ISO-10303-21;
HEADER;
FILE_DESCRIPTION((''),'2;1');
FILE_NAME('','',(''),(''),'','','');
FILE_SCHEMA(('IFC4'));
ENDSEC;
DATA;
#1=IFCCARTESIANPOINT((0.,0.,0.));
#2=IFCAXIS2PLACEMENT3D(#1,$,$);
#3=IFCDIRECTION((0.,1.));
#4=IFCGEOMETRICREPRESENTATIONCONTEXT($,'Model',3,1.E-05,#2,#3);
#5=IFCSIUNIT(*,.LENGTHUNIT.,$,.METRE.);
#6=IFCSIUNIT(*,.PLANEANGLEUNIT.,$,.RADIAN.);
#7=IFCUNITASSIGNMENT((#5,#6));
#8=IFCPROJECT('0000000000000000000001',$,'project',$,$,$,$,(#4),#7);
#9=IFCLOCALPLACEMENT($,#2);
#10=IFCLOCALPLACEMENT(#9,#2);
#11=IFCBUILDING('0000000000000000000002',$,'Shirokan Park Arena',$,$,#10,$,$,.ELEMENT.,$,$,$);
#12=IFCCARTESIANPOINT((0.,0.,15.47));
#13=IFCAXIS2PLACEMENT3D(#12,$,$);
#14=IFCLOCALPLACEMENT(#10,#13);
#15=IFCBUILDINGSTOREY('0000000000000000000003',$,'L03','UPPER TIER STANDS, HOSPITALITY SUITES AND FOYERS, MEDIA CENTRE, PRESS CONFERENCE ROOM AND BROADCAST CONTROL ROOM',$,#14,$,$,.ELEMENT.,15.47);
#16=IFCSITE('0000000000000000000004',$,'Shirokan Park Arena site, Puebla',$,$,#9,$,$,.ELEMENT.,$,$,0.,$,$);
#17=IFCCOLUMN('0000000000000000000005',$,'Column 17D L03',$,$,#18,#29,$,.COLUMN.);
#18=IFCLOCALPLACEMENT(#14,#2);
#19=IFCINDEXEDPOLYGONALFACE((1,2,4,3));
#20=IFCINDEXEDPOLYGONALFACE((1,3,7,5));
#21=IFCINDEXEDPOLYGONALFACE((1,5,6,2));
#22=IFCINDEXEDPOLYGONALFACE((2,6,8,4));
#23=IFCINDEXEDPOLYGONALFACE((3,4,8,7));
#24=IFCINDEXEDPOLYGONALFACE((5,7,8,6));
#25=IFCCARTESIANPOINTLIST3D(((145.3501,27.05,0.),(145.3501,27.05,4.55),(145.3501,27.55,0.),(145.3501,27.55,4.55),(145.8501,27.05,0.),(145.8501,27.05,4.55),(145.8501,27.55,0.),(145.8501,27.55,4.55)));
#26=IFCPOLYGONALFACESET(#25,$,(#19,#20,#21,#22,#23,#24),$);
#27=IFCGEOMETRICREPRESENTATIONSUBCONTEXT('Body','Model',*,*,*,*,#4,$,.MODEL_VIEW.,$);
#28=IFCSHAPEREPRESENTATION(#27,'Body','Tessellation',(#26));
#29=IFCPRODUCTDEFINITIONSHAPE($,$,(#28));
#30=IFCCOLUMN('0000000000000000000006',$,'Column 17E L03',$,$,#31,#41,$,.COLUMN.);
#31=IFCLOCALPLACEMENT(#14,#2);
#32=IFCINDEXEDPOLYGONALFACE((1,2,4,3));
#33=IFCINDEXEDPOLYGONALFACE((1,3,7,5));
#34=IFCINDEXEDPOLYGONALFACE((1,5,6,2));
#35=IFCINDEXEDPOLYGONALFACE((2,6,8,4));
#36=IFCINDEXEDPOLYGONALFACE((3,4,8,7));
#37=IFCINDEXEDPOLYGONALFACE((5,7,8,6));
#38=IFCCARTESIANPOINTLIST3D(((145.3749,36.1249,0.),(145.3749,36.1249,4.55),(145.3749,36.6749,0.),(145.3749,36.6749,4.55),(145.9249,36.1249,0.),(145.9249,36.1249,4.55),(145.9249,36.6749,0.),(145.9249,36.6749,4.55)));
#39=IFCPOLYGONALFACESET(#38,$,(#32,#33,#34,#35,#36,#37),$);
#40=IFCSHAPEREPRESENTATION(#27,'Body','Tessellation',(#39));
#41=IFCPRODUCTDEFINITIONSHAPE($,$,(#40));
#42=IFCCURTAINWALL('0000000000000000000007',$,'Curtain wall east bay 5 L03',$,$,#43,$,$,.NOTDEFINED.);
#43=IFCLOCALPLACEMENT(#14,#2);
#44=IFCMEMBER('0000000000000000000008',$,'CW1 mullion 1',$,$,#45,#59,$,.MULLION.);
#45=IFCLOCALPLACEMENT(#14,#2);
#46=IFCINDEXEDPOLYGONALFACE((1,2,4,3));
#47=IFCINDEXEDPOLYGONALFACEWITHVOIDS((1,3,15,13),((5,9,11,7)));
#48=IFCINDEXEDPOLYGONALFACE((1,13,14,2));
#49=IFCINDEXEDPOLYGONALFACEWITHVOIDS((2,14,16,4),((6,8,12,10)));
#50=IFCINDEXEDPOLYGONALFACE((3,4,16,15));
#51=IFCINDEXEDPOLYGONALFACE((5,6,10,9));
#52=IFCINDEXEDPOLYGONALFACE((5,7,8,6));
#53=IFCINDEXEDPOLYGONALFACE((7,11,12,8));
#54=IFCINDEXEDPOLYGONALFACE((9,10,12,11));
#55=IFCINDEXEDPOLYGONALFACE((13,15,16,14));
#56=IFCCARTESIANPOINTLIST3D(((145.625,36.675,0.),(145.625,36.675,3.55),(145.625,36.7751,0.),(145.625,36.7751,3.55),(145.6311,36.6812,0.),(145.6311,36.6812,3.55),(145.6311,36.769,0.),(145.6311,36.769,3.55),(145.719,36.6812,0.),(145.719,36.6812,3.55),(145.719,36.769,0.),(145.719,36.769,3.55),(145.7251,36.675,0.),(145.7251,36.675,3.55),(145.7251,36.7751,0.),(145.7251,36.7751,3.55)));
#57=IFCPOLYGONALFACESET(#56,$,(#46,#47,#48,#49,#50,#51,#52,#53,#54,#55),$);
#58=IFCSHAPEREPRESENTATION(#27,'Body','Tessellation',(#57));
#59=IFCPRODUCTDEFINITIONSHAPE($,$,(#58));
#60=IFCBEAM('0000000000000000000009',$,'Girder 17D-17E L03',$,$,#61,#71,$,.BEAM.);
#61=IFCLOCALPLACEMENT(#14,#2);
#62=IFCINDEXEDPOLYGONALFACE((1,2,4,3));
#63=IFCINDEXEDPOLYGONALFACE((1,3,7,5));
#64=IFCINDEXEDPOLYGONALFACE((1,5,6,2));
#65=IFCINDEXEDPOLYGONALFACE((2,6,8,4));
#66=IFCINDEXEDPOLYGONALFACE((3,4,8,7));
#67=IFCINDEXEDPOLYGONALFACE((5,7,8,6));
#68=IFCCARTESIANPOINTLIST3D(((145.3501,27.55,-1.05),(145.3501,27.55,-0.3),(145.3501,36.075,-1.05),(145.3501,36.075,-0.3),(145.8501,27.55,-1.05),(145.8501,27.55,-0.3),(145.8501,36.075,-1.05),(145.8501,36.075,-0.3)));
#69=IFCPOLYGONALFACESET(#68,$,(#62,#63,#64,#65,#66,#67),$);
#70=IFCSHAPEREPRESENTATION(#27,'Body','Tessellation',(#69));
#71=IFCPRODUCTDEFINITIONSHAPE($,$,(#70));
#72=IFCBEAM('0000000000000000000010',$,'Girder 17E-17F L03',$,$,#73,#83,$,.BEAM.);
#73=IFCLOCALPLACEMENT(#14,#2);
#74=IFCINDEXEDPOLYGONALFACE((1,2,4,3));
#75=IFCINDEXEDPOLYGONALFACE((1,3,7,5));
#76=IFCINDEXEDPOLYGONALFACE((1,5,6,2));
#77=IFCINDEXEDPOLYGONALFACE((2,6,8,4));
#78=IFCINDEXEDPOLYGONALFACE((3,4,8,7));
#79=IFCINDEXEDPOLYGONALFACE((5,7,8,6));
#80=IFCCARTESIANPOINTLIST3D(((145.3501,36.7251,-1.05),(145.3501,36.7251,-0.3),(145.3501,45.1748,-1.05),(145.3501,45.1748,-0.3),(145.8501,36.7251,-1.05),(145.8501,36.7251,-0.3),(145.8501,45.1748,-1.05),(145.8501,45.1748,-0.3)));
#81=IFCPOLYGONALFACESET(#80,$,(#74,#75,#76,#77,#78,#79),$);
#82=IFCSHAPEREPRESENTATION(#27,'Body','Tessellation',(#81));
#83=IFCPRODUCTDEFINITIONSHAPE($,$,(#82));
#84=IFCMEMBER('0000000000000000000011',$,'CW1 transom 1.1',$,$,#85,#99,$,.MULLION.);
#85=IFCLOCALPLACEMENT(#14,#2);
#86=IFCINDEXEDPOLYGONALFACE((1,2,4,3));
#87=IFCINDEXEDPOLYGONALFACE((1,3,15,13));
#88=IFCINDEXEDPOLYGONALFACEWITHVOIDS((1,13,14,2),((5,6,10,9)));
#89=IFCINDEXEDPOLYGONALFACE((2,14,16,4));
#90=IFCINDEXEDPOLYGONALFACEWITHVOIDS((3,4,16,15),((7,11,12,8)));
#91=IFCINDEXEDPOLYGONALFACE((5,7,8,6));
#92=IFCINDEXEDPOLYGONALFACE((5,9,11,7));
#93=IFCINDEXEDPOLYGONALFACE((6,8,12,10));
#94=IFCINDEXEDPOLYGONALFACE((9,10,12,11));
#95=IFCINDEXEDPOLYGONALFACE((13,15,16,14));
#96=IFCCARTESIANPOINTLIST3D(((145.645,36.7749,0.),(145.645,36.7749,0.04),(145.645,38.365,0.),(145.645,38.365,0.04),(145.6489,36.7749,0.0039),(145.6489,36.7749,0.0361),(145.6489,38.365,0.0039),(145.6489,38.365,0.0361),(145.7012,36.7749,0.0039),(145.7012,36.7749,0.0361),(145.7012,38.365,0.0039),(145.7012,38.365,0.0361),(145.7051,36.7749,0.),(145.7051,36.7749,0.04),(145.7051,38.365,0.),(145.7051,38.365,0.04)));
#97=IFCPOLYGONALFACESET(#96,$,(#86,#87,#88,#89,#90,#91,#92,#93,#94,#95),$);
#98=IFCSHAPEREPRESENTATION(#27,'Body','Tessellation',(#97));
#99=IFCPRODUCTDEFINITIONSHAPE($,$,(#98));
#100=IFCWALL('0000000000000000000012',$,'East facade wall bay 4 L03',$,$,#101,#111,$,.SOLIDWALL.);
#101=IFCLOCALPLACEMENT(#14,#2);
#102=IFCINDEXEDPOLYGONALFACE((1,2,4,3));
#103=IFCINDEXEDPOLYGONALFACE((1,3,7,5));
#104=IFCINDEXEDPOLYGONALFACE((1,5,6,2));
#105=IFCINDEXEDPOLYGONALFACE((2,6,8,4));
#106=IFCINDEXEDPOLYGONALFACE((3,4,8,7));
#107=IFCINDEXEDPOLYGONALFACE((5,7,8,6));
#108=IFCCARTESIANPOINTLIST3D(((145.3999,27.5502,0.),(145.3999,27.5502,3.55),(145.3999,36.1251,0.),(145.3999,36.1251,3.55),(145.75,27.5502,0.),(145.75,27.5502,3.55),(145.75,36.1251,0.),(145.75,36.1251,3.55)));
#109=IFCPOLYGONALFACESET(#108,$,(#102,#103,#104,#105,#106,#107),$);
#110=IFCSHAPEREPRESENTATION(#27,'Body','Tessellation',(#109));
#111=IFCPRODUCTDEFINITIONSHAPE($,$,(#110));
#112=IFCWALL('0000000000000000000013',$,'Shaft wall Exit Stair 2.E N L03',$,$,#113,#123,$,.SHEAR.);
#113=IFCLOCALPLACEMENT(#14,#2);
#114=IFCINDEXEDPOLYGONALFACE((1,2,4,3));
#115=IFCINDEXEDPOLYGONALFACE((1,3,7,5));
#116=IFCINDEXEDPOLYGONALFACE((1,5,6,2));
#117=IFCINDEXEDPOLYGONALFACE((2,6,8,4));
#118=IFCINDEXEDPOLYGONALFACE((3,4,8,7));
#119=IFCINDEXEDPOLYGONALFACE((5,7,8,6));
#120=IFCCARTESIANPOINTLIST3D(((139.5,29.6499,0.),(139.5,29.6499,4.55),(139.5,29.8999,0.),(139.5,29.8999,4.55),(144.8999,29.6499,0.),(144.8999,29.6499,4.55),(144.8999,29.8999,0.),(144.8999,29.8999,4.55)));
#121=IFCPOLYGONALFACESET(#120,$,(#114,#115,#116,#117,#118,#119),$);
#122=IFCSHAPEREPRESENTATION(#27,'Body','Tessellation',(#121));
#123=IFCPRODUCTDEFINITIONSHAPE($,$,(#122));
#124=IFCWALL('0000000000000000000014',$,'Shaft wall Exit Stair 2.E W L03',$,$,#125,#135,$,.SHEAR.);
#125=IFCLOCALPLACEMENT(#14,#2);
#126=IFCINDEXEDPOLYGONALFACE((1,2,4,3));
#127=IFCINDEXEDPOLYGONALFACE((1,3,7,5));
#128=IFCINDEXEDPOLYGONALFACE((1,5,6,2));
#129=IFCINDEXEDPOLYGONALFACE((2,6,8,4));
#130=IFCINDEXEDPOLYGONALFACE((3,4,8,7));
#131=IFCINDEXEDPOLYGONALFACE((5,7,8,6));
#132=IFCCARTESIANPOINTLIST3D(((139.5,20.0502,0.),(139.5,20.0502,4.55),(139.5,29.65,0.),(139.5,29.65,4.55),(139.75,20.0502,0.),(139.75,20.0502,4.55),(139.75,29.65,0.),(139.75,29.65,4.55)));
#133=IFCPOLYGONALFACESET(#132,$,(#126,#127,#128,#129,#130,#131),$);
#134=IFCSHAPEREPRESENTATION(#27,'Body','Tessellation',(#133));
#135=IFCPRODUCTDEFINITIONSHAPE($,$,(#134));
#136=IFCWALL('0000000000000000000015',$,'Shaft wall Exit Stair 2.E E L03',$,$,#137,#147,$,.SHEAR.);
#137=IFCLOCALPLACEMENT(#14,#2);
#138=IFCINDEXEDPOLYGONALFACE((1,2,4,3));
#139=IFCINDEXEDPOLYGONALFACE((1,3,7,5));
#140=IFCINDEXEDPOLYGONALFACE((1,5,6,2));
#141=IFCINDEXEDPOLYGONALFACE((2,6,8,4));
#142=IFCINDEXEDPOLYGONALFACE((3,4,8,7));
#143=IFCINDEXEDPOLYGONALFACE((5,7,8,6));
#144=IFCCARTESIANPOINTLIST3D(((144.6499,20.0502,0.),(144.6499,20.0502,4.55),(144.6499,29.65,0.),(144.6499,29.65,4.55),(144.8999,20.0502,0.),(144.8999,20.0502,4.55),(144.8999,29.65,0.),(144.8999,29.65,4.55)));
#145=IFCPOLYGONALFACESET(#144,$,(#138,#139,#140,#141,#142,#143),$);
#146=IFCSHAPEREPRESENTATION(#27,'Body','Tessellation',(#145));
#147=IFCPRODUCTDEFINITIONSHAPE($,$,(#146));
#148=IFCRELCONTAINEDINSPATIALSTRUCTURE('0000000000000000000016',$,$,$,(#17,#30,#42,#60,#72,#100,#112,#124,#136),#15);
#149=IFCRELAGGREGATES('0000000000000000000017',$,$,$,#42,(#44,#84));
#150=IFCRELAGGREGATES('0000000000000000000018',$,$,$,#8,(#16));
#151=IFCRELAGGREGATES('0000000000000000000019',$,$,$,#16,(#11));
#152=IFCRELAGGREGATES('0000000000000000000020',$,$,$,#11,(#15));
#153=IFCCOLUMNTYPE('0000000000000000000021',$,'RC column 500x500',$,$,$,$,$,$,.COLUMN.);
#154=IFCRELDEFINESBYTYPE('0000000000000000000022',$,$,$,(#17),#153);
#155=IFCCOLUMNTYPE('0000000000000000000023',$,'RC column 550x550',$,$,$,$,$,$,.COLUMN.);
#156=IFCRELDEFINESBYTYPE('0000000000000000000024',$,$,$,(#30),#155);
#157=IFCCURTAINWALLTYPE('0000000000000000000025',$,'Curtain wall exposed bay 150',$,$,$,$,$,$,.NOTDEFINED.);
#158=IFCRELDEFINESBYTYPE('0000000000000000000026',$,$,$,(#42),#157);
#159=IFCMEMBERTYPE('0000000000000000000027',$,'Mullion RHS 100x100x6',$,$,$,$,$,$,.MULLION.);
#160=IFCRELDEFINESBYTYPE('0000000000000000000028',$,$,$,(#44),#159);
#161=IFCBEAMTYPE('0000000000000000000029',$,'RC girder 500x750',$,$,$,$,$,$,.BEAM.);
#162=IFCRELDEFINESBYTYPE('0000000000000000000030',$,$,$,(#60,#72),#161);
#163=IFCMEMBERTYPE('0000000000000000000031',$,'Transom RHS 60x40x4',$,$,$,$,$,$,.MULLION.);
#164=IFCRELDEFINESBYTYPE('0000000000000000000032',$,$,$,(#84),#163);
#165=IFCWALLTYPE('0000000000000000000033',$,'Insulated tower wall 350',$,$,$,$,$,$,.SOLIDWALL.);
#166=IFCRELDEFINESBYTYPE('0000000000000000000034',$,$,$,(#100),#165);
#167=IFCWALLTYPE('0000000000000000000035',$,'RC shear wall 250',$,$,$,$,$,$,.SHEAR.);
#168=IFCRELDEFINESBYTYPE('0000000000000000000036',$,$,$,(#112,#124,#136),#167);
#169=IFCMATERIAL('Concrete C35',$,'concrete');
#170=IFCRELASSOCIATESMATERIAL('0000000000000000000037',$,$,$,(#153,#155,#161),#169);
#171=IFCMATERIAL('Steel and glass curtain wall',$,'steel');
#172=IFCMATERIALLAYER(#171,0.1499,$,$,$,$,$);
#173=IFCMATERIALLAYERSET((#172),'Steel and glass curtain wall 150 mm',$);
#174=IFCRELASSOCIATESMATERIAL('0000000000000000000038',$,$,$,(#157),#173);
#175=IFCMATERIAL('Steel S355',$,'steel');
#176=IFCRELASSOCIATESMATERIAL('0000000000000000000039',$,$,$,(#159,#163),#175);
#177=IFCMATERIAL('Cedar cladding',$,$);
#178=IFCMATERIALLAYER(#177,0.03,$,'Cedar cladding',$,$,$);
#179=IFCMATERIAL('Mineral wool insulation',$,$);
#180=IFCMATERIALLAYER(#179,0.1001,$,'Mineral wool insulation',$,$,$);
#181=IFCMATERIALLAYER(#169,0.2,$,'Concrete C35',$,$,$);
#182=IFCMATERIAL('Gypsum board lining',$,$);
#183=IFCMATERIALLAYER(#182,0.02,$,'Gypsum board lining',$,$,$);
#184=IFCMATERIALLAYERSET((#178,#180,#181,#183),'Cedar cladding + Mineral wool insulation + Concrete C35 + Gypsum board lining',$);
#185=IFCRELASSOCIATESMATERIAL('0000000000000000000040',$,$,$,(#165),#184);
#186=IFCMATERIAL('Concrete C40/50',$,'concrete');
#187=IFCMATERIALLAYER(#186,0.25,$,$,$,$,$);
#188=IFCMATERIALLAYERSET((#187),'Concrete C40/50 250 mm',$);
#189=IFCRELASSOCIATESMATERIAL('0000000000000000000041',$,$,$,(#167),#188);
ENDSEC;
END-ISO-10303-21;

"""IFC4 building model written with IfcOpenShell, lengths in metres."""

from ifc_helpers import new_model, si_unit, direction, frame, frame_2d, origin, origin_2d, place, context, subcontext, project, spatial, rectangle, hollow_rectangle, extrude, material, layer, layer_set, material_profile, profile_set, type_object, element, aggregate, save


model = new_model("IFC4")

# Units and contexts
model_context = context("Model", 3, precision=1e-05, world=origin(), true_north=direction((0.0, 1.0)))
body_context = subcontext(model_context, "Body", "Model", "MODEL_VIEW")
ifc_project = project(units=[si_unit("LENGTHUNIT", "METRE"), si_unit("PLANEANGLEUNIT", "RADIAN")], contexts=[model_context])

# Site, building, storey
site_placement = place(None, origin())
site = spatial("IfcSite", under=ifc_project, at=site_placement, Name="Shirokan Park Arena site, Puebla", CompositionType="ELEMENT", RefElevation=0.0)
building_placement = place(site_placement, origin())
building = spatial("IfcBuilding", under=site, at=building_placement, Name="Shirokan Park Arena", CompositionType="ELEMENT")
storey_placement = place(building_placement, frame((0.0, 0.0, 15.47)))
storey = spatial("IfcBuildingStorey", under=building, at=storey_placement, Name="L03", Description="UPPER TIER STANDS, HOSPITALITY SUITES AND FOYERS, MEDIA CENTRE, PRESS CONFERENCE ROOM AND BROADCAST CONTROL ROOM", CompositionType="ELEMENT", Elevation=15.47)

# Columns
ifc_material_1 = material(Name="Concrete C35", Category="concrete")
ifc_material_profile_1 = material_profile(ifc_material_1, rectangle(XDim=0.5, YDim=0.5, at=origin_2d()), Name="500x500")
ifc_profile_set_1 = profile_set([ifc_material_profile_1], Name="Concrete C35")
column_type_1 = type_object("IfcColumnType", Name="RC column 500x500", PredefinedType="COLUMN", material=ifc_profile_set_1)
column_1_placement = place(storey_placement, frame((145.6001, 27.3, 0.0), z_axis=(0.0, 0.0, 1.0), x_axis=(1.0, 0.0, 0.0)))
element("IfcColumn", 1, at=column_1_placement, inside=storey, type_object=column_type_1, Name="Column 17D L03", PredefinedType="COLUMN", context=body_context, shape_type="SweptSolid", body=[
    extrude(rectangle(XDim=0.5, YDim=0.5, at=origin_2d()), origin(), (0.0, 0.0, 1.0), 4.55),
])
ifc_material_profile_2 = material_profile(ifc_material_1, rectangle(XDim=0.55, YDim=0.55, at=origin_2d()), Name="550x550")
ifc_profile_set_2 = profile_set([ifc_material_profile_2], Name="Concrete C35")
column_type_2 = type_object("IfcColumnType", Name="RC column 550x550", PredefinedType="COLUMN", material=ifc_profile_set_2)
column_2_placement = place(storey_placement, frame((145.6499, 36.3999, 0.0), z_axis=(0.0, 0.0, 1.0), x_axis=(1.0, 0.0, 0.0)))
element("IfcColumn", 2, at=column_2_placement, inside=storey, type_object=column_type_2, Name="Column 17E L03", PredefinedType="COLUMN", context=body_context, shape_type="SweptSolid", body=[
    extrude(rectangle(XDim=0.55, YDim=0.55, at=origin_2d()), origin(), (0.0, 0.0, 1.0), 4.55),
])

# Curtain wall, member
ifc_material_2 = material(Name="Steel and glass curtain wall", Category="steel")
ifc_layer_1 = layer(ifc_material_2, 0.1499)
ifc_layer_set_1 = layer_set([ifc_layer_1], Name="Steel and glass curtain wall 150 mm")
curtain_wall_type = type_object("IfcCurtainWallType", Name="Curtain wall exposed bay 150", PredefinedType="NOTDEFINED", material=ifc_layer_set_1)
curtain_wall_placement = place(storey_placement, origin())
curtain_wall = element("IfcCurtainWall", 3, at=curtain_wall_placement, inside=storey, type_object=curtain_wall_type, Name="Curtain wall east bay 5 L03", PredefinedType="NOTDEFINED")
ifc_material_3 = material(Name="Steel S355", Category="steel")
ifc_material_profile_3 = material_profile(ifc_material_3, hollow_rectangle(XDim=0.1001, YDim=0.1001, WallThickness=0.0061, at=origin_2d()), Name="RHS 100x100x6")
ifc_profile_set_3 = profile_set([ifc_material_profile_3], Name="Steel S355")
member_type_1 = type_object("IfcMemberType", Name="Mullion RHS 100x100x6", PredefinedType="MULLION", material=ifc_profile_set_3)
member_1_placement = place(storey_placement, frame((145.675, 36.7251, 0.0), z_axis=(0.0, 0.0, 1.0), x_axis=(-1.0, 0.0, 0.0)))
member_1 = element("IfcMember", 4, at=member_1_placement, type_object=member_type_1, Name="CW1 mullion 1", PredefinedType="MULLION", context=body_context, shape_type="SweptSolid", body=[
    extrude(hollow_rectangle(XDim=0.1001, YDim=0.1001, WallThickness=0.0061, at=origin_2d()), origin(), (0.0, 0.0, 1.0), 3.55),
])

# Beams
ifc_material_profile_4 = material_profile(ifc_material_1, rectangle(XDim=0.5, YDim=0.75, at=origin_2d()), Name="500x750")
ifc_profile_set_4 = profile_set([ifc_material_profile_4], Name="Concrete C35")
beam_type = type_object("IfcBeamType", Name="RC girder 500x750", PredefinedType="BEAM", material=ifc_profile_set_4)
beam_1_placement = place(storey_placement, frame((145.6001, 27.55, -0.675), z_axis=(0.0, 1.0, 0.0), x_axis=(-1.0, 0.0, 0.0)))
element("IfcBeam", 5, at=beam_1_placement, inside=storey, type_object=beam_type, Name="Girder 17D-17E L03", PredefinedType="BEAM", context=body_context, shape_type="SweptSolid", body=[
    extrude(rectangle(XDim=0.5, YDim=0.75, at=origin_2d()), origin(), (0.0, 0.0, 1.0), 8.5249),
])
beam_2_placement = place(storey_placement, frame((145.6001, 36.7251, -0.675), z_axis=(0.0, 1.0, 0.0), x_axis=(-1.0, 0.0, 0.0)))
element("IfcBeam", 6, at=beam_2_placement, inside=storey, type_object=beam_type, Name="Girder 17E-17F L03", PredefinedType="BEAM", context=body_context, shape_type="SweptSolid", body=[
    extrude(rectangle(XDim=0.5, YDim=0.75, at=origin_2d()), origin(), (0.0, 0.0, 1.0), 8.4497),
])

# Member
ifc_material_profile_5 = material_profile(ifc_material_3, hollow_rectangle(XDim=0.0601, YDim=0.04, WallThickness=0.0039, at=origin_2d()), Name="RHS 60x40x4")
ifc_profile_set_5 = profile_set([ifc_material_profile_5], Name="Steel S355")
member_type_2 = type_object("IfcMemberType", Name="Transom RHS 60x40x4", PredefinedType="MULLION", material=ifc_profile_set_5)
member_2_placement = place(storey_placement, frame((145.675, 36.7749, 0.02), z_axis=(0.0, 1.0, 0.0), x_axis=(-1.0, 0.0, 0.0)))
member_2 = element("IfcMember", 7, at=member_2_placement, type_object=member_type_2, Name="CW1 transom 1.1", PredefinedType="MULLION", context=body_context, shape_type="SweptSolid", body=[
    extrude(hollow_rectangle(XDim=0.0601, YDim=0.04, WallThickness=0.0039, at=origin_2d()), origin(), (0.0, 0.0, 1.0), 1.5901),
])
aggregate(curtain_wall, [member_1, member_2])

# Walls
ifc_material_4 = material(Name="Cedar cladding")
ifc_layer_2 = layer(ifc_material_4, 0.03, Name="Cedar cladding")
ifc_material_5 = material(Name="Mineral wool insulation")
ifc_layer_3 = layer(ifc_material_5, 0.1001, Name="Mineral wool insulation")
ifc_layer_4 = layer(ifc_material_1, 0.2, Name="Concrete C35")
ifc_material_6 = material(Name="Gypsum board lining")
ifc_layer_5 = layer(ifc_material_6, 0.02, Name="Gypsum board lining")
ifc_layer_set_2 = layer_set([ifc_layer_2, ifc_layer_3, ifc_layer_4, ifc_layer_5], Name="Cedar cladding + Mineral wool insulation + Concrete C35 + Gypsum board lining")
wall_type_1 = type_object("IfcWallType", Name="Insulated tower wall 350", PredefinedType="SOLIDWALL", material=ifc_layer_set_2)
wall_1_placement = place(storey_placement, frame((145.575, 27.55, 0.0), z_axis=(0.0, 0.0, 1.0), x_axis=(0.0, 1.0, 0.0)))
element("IfcWall", 8, at=wall_1_placement, inside=storey, type_object=wall_type_1, Name="East facade wall bay 4 L03", PredefinedType="SOLIDWALL", context=body_context, shape_type="SweptSolid", body=[
    extrude(rectangle(XDim=8.575, YDim=0.3501, at=frame_2d((4.2876, 0.0))), origin(), (0.0, 0.0, 1.0), 3.55),
])
ifc_material_7 = material(Name="Concrete C40/50", Category="concrete")
ifc_layer_6 = layer(ifc_material_7, 0.25)
ifc_layer_set_3 = layer_set([ifc_layer_6], Name="Concrete C40/50 250 mm")
wall_type_2 = type_object("IfcWallType", Name="RC shear wall 250", PredefinedType="SHEAR", material=ifc_layer_set_3)
wall_2_placement = place(storey_placement, frame((144.8999, 29.7749, 0.0), z_axis=(0.0, 0.0, 1.0), x_axis=(-1.0, 0.0, 0.0)))
element("IfcWall", 9, at=wall_2_placement, inside=storey, type_object=wall_type_2, Name="Shaft wall Exit Stair 2.E N L03", PredefinedType="SHEAR", context=body_context, shape_type="SweptSolid", body=[
    extrude(rectangle(XDim=5.3999, YDim=0.25, at=frame_2d((2.7, 0.0))), origin(), (0.0, 0.0, 1.0), 4.55),
])
for number, where, z_axis, x_axis, name in (
    (10, (139.625, 29.6499, 0.0), (0.0, 0.0, 1.0), (0.0, -1.0, 0.0), "Shaft wall Exit Stair 2.E W L03"),
    (11, (144.7749, 29.6499, 0.0), (0.0, 0.0, 1.0), (0.0, -1.0, 0.0), "Shaft wall Exit Stair 2.E E L03"),
):
    element("IfcWall", number, at=place(storey_placement, frame(where, z_axis=z_axis, x_axis=x_axis)), inside=storey, type_object=wall_type_2, Name=name, PredefinedType="SHEAR", context=body_context, shape_type="SweptSolid", body=[
        extrude(rectangle(XDim=9.5999, YDim=0.25, at=frame_2d((4.7998, 0.0))), origin(), (0.0, 0.0, 1.0), 4.55),
    ])

save(model, "model.ifc")
